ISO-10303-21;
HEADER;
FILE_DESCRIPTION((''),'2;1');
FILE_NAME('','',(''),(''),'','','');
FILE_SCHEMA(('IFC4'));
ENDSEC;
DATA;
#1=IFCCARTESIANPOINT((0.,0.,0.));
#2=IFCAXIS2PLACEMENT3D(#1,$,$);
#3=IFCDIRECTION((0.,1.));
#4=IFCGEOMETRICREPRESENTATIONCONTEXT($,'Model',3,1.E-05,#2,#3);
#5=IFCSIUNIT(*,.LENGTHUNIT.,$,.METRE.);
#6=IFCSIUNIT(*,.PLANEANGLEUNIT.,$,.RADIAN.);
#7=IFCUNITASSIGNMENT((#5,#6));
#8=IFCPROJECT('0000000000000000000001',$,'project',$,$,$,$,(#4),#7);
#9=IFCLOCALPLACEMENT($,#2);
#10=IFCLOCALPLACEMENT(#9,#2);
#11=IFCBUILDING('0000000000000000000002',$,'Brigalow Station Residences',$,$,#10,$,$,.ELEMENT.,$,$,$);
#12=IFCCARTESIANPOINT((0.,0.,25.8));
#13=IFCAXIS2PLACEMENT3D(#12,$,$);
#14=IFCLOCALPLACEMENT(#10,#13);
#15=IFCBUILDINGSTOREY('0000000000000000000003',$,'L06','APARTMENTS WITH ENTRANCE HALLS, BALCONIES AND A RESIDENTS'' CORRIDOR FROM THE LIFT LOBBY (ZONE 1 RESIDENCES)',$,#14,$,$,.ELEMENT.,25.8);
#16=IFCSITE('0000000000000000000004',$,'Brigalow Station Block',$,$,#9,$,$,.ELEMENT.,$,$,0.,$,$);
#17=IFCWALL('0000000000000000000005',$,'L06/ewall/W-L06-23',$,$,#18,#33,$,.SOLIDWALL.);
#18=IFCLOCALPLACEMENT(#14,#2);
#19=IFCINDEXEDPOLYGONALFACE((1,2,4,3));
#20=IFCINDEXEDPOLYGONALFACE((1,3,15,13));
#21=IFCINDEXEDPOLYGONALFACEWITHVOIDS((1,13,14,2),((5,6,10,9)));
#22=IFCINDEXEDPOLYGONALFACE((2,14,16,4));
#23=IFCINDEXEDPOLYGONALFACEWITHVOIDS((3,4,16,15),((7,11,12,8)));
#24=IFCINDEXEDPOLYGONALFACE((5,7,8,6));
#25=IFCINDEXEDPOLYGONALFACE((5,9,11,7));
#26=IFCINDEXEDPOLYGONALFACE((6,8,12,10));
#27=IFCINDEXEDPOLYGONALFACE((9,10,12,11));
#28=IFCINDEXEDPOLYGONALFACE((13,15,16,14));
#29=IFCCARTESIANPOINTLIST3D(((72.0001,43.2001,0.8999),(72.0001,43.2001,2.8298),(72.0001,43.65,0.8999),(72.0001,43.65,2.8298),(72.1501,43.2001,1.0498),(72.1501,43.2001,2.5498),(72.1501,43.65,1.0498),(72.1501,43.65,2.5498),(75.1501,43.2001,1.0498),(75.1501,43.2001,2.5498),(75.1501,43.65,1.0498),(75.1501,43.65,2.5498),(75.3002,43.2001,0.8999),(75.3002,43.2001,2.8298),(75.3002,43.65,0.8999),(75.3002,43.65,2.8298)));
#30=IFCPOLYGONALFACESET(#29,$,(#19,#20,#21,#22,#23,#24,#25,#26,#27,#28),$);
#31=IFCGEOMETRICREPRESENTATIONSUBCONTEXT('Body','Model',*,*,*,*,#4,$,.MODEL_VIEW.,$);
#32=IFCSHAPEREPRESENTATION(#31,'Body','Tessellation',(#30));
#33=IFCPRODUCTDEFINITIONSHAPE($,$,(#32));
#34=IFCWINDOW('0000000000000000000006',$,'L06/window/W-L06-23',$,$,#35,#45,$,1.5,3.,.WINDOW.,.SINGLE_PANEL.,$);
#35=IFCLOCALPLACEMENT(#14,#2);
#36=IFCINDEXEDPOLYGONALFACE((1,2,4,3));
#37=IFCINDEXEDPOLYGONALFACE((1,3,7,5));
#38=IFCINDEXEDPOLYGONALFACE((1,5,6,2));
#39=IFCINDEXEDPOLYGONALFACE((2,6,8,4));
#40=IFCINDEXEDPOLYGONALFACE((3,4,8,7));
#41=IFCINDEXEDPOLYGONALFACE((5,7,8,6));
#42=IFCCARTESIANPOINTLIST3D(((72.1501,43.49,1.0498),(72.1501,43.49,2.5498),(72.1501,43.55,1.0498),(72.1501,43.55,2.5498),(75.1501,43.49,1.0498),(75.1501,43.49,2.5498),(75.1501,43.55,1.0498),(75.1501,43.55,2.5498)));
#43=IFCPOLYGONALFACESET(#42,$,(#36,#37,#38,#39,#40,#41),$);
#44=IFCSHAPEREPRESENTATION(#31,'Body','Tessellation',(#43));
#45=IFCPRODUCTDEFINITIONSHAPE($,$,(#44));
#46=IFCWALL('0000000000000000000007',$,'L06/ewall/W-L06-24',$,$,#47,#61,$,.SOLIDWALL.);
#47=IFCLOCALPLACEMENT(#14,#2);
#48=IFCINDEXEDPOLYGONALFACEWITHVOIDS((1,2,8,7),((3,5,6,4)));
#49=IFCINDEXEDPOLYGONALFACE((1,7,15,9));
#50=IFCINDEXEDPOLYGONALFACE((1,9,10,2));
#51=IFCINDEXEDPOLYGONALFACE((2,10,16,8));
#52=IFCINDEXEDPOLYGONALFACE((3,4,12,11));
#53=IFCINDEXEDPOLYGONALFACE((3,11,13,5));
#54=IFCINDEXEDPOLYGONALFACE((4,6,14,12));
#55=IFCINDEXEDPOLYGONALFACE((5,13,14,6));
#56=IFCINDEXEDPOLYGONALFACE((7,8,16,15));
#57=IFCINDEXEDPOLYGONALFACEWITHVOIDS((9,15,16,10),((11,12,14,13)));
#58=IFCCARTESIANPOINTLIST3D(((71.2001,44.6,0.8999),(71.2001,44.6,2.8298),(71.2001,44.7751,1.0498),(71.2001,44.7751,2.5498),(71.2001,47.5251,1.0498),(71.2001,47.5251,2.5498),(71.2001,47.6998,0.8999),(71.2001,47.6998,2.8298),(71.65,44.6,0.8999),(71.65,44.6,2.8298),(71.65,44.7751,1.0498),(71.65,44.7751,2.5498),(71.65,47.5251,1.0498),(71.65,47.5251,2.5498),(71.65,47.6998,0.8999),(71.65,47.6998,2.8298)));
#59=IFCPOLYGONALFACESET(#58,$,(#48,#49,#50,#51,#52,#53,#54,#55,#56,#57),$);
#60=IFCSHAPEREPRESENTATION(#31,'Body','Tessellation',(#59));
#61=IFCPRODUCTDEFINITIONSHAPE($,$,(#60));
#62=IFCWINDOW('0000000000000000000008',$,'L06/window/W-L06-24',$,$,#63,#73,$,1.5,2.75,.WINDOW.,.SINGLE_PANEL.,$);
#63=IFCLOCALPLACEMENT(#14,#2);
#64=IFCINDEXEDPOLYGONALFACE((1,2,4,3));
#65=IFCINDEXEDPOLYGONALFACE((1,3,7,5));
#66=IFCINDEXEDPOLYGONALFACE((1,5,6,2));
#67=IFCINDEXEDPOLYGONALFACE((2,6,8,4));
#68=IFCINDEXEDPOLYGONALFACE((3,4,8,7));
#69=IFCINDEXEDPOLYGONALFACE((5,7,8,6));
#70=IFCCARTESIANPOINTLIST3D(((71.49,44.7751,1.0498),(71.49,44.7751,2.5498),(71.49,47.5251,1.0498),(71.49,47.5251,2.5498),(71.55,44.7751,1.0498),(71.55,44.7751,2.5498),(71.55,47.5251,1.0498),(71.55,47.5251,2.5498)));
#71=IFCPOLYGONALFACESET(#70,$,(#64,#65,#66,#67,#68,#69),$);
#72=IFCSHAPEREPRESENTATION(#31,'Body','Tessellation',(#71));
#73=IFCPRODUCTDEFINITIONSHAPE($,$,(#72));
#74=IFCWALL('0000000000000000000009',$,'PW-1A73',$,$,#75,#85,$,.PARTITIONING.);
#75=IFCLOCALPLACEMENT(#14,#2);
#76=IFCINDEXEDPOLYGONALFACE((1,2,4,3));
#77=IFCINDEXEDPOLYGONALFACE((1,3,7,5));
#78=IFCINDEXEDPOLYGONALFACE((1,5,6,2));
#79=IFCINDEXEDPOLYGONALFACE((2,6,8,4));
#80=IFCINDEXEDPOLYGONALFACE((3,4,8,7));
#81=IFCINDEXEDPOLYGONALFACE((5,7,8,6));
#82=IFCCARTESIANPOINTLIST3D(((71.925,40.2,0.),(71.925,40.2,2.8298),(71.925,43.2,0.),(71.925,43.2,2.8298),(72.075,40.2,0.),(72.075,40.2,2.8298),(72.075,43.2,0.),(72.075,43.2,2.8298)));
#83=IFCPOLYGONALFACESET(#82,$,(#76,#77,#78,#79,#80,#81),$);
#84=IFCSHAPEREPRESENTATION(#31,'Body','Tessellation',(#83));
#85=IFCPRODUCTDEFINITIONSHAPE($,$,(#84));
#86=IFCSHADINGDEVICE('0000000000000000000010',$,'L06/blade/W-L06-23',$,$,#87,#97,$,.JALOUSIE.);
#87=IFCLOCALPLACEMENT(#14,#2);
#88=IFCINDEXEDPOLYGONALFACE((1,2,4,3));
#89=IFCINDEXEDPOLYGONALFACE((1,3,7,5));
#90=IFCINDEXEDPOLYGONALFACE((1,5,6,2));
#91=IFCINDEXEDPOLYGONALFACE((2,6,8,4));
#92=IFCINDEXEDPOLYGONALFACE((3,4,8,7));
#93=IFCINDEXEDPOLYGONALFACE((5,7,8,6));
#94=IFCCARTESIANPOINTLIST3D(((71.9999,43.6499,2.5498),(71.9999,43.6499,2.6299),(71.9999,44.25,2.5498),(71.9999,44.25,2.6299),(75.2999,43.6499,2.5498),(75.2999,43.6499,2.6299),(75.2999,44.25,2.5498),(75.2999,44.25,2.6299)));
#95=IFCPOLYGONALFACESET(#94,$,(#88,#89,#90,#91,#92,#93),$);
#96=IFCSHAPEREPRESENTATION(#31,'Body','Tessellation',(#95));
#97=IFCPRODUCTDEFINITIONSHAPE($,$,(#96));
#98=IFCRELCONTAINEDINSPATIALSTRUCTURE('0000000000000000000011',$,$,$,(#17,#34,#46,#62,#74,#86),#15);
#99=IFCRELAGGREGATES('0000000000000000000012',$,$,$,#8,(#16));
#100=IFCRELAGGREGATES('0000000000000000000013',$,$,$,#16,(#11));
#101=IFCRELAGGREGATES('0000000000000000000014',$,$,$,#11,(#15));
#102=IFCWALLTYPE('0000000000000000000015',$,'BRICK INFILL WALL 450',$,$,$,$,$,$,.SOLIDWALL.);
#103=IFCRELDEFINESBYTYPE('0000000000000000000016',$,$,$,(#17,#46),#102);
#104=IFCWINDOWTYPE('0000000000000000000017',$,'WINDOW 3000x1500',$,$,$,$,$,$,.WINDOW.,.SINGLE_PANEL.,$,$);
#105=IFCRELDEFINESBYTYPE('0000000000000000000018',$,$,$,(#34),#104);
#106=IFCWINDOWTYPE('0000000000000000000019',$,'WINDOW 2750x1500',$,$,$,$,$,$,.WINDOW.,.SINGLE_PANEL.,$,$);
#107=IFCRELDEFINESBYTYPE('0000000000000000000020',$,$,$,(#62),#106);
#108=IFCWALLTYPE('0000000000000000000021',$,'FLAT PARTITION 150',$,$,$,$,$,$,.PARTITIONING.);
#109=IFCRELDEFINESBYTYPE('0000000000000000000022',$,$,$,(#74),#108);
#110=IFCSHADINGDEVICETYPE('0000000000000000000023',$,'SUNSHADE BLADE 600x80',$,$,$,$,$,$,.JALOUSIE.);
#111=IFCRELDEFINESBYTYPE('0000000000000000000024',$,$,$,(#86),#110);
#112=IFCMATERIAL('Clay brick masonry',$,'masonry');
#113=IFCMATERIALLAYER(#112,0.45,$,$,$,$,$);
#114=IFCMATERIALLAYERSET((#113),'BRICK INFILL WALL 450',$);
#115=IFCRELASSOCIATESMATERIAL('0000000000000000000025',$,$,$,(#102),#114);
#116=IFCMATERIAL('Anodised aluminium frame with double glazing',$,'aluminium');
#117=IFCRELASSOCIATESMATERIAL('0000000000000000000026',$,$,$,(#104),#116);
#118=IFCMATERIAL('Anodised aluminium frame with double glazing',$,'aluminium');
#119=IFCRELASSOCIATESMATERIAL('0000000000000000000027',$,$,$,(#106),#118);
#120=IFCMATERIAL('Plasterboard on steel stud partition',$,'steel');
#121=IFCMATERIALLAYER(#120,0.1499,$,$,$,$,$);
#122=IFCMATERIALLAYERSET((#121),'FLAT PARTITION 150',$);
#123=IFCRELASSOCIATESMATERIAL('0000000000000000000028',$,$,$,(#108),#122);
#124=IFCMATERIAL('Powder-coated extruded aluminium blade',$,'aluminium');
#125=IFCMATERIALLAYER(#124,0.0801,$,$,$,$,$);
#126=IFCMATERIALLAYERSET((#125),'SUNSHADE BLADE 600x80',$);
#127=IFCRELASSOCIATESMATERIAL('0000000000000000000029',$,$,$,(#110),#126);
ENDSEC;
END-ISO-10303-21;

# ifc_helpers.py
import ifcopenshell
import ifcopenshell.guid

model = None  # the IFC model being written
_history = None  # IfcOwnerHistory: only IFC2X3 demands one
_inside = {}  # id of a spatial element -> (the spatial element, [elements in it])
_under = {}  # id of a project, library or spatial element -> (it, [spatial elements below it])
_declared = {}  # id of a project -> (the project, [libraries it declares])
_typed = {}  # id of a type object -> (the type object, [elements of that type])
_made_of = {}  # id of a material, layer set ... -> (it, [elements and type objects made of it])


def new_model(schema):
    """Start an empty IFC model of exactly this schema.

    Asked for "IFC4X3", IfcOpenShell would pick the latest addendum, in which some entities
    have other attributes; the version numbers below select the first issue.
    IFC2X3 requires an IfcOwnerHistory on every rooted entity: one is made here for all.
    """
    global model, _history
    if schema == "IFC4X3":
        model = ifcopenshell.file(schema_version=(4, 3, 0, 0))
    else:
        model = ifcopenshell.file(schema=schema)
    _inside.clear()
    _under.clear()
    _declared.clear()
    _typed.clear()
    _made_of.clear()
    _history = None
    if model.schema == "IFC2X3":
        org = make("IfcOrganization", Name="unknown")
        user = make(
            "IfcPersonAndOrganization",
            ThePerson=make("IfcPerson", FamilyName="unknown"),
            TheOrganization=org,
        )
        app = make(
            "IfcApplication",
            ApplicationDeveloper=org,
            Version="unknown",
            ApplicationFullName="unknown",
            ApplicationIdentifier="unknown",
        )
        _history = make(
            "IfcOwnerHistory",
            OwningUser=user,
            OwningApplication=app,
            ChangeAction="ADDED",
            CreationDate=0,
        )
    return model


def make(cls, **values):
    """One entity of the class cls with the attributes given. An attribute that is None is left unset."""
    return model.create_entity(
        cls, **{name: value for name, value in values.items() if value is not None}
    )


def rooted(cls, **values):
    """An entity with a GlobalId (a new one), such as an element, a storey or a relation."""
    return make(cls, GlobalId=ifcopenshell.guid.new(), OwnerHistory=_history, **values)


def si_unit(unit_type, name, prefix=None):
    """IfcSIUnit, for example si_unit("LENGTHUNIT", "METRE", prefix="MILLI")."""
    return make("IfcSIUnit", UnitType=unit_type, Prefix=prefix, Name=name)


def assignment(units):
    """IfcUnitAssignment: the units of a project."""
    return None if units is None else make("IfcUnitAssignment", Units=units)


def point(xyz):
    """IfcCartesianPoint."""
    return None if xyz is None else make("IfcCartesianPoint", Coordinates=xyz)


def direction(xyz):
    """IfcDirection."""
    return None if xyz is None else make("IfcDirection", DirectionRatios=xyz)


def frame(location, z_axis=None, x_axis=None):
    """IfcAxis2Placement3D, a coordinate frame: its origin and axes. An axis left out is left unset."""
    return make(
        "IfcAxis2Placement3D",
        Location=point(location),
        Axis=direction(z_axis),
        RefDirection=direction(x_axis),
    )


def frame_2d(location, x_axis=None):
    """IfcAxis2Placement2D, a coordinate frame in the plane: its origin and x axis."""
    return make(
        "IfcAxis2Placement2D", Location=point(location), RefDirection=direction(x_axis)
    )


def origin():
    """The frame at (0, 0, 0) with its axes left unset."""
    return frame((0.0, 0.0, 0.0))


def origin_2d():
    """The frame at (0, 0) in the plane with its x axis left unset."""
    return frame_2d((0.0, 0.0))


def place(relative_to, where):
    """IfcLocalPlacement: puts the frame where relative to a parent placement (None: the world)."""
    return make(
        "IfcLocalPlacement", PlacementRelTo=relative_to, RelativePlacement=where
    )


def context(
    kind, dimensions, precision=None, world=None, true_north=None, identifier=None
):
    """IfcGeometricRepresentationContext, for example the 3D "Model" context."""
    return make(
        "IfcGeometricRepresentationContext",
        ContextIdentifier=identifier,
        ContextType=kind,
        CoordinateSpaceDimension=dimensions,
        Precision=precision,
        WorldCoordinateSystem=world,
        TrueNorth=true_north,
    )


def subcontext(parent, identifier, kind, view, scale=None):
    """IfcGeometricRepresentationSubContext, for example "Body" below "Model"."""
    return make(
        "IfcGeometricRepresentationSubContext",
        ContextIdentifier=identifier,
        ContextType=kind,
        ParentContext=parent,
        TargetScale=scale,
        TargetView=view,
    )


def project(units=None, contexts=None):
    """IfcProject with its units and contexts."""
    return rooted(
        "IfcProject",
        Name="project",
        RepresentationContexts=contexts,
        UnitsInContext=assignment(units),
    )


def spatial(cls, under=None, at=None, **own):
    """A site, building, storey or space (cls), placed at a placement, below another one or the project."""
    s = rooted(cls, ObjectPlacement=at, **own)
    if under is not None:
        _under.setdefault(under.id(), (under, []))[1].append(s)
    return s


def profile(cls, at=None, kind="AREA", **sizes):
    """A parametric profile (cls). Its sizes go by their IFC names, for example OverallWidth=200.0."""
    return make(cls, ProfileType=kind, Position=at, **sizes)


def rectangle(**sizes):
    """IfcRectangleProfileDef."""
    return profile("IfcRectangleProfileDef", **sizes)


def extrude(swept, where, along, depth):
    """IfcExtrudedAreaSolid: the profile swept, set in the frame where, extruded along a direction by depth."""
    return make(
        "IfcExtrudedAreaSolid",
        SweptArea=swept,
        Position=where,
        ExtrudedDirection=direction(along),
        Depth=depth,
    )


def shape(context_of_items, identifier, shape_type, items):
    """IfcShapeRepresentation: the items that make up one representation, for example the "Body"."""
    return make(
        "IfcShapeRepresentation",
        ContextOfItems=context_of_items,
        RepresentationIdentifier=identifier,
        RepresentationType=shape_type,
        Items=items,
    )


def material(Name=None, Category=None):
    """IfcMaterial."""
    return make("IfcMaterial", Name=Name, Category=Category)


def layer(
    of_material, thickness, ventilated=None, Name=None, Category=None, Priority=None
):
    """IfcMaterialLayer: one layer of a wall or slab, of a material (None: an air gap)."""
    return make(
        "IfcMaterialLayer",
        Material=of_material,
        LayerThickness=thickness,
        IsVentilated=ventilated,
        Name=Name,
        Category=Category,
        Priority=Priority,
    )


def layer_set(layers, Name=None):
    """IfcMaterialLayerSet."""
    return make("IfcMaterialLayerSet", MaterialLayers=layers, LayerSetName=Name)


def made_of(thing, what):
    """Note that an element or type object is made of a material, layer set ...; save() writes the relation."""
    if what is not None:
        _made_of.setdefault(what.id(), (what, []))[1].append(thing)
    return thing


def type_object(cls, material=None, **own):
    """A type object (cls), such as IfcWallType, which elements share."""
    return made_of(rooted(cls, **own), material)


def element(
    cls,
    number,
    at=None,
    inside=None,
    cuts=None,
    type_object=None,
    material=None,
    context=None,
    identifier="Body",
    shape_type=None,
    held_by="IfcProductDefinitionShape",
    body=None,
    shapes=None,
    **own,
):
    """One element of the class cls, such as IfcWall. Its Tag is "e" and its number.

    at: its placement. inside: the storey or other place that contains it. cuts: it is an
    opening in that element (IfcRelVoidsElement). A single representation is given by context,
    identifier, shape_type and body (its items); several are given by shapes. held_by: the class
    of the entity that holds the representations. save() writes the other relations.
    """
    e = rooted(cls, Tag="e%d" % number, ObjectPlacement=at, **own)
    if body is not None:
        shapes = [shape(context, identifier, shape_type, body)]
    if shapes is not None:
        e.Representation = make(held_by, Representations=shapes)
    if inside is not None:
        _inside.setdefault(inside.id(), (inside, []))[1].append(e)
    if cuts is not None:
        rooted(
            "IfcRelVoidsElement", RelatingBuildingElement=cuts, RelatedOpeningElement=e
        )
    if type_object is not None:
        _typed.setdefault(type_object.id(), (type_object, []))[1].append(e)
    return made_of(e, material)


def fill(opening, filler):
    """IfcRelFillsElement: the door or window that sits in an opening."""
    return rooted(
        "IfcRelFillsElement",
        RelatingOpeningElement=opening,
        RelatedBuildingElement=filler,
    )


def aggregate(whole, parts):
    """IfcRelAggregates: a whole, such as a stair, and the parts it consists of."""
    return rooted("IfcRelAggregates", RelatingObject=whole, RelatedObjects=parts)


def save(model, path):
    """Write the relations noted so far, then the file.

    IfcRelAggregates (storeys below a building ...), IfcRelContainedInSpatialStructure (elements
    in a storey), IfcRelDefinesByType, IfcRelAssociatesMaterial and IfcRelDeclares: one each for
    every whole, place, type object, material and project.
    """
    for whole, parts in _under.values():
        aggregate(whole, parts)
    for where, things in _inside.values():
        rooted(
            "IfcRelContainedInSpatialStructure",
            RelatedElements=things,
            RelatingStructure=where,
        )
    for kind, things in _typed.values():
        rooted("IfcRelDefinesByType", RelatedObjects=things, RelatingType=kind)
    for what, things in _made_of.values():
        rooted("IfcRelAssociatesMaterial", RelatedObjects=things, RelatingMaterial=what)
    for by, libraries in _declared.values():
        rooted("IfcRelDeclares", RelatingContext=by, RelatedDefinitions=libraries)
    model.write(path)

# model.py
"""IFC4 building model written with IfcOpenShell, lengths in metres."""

from ifc_helpers import new_model, si_unit, direction, frame, frame_2d, origin, origin_2d, place, context, subcontext, project, spatial, rectangle, extrude, material, layer, layer_set, type_object, element, fill, save


model = new_model("IFC4")

# Units and contexts
model_context = context("Model", 3, precision=1e-05, world=origin(), true_north=direction((0.0, 1.0)))
body_context = subcontext(model_context, "Body", "Model", "MODEL_VIEW")
ifc_project = project(units=[si_unit("LENGTHUNIT", "METRE"), si_unit("PLANEANGLEUNIT", "RADIAN")], contexts=[model_context])

# Site, building, storey
site_placement = place(None, origin())
site = spatial("IfcSite", under=ifc_project, at=site_placement, Name="Brigalow Station Block", CompositionType="ELEMENT", RefElevation=0.0)
building_placement = place(site_placement, origin())
building = spatial("IfcBuilding", under=site, at=building_placement, Name="Brigalow Station Residences", CompositionType="ELEMENT")
storey_placement = place(building_placement, frame((0.0, 0.0, 25.8)))
storey = spatial("IfcBuildingStorey", under=building, at=storey_placement, Name="L06", Description="APARTMENTS WITH ENTRANCE HALLS, BALCONIES AND A RESIDENTS' CORRIDOR FROM THE LIFT LOBBY (ZONE 1 RESIDENCES)", CompositionType="ELEMENT", Elevation=25.8)

# Walls, openings, windows
ifc_material_1 = material(Name="Clay brick masonry", Category="masonry")
ifc_layer_1 = layer(ifc_material_1, 0.45)
ifc_layer_set_1 = layer_set([ifc_layer_1], Name="BRICK INFILL WALL 450")
wall_type_1 = type_object("IfcWallType", Name="BRICK INFILL WALL 450", PredefinedType="SOLIDWALL", material=ifc_layer_set_1)
wall_1_placement = place(storey_placement, frame((75.3, 43.425, 0.8999), z_axis=(0.0, 0.0, 1.0), x_axis=(-1.0, 0.0, 0.0)))
wall_1 = element("IfcWall", 1, at=wall_1_placement, inside=storey, type_object=wall_type_1, Name="L06/ewall/W-L06-23", PredefinedType="SOLIDWALL", context=body_context, shape_type="SweptSolid", body=[
    extrude(rectangle(XDim=3.3, YDim=0.45, at=frame_2d((1.6499, 0.0))), origin(), (0.0, 0.0, 1.0), 1.9299),
])
opening_1_placement = place(wall_1_placement, frame((0.1499, 0.0, 0.1499)))
opening_1 = element("IfcOpeningElement", 2, at=opening_1_placement, cuts=wall_1, PredefinedType="OPENING", context=body_context, shape_type="SweptSolid", body=[
    extrude(rectangle(XDim=3.0, YDim=1.5, at=frame_2d((1.5, 0.75))), frame((0.0, 0.2349, 0.0), z_axis=(0.0, -1.0, 0.0), x_axis=(1.0, 0.0, 0.0)), (0.0, 0.0, 1.0), 0.47),
])
ifc_material_2 = material(Name="Anodised aluminium frame with double glazing", Category="aluminium")
window_type_1 = type_object("IfcWindowType", Name="WINDOW 3000x1500", PartitioningType="SINGLE_PANEL", PredefinedType="WINDOW", material=ifc_material_2)
window_1_placement = place(opening_1_placement, origin())
window_1 = element("IfcWindow", 3, at=window_1_placement, inside=storey, type_object=window_type_1, Name="L06/window/W-L06-23", OverallHeight=1.5, OverallWidth=3.0, PartitioningType="SINGLE_PANEL", PredefinedType="WINDOW", context=body_context, shape_type="SweptSolid", body=[
    extrude(rectangle(XDim=3.0, YDim=1.5, at=frame_2d((1.5, 0.75))), frame((0.0, -0.0649, 0.0), z_axis=(0.0, -1.0, 0.0), x_axis=(1.0, 0.0, 0.0)), (0.0, 0.0, 1.0), 0.0601),
])
fill(opening_1, window_1)
wall_2_placement = place(storey_placement, frame((71.425, 44.6001, 0.8999), z_axis=(0.0, 0.0, 1.0), x_axis=(0.0, 1.0, 0.0)))
wall_2 = element("IfcWall", 4, at=wall_2_placement, inside=storey, type_object=wall_type_1, Name="L06/ewall/W-L06-24", PredefinedType="SOLIDWALL", context=body_context, shape_type="SweptSolid", body=[
    extrude(rectangle(XDim=3.0999, YDim=0.45, at=frame_2d((1.5498, 0.0))), origin(), (0.0, 0.0, 1.0), 1.9299),
])
opening_2_placement = place(wall_2_placement, frame((0.175, 0.0, 0.1499)))
opening_2 = element("IfcOpeningElement", 5, at=opening_2_placement, cuts=wall_2, PredefinedType="OPENING", context=body_context, shape_type="SweptSolid", body=[
    extrude(rectangle(XDim=2.75, YDim=1.5, at=frame_2d((1.375, 0.75))), frame((0.0, 0.2349, 0.0), z_axis=(0.0, -1.0, 0.0), x_axis=(1.0, 0.0, 0.0)), (0.0, 0.0, 1.0), 0.47),
])
ifc_material_3 = material(Name="Anodised aluminium frame with double glazing", Category="aluminium")
window_type_2 = type_object("IfcWindowType", Name="WINDOW 2750x1500", PartitioningType="SINGLE_PANEL", PredefinedType="WINDOW", material=ifc_material_3)
window_2_placement = place(opening_2_placement, origin())
window_2 = element("IfcWindow", 6, at=window_2_placement, inside=storey, type_object=window_type_2, Name="L06/window/W-L06-24", OverallHeight=1.5, OverallWidth=2.75, PartitioningType="SINGLE_PANEL", PredefinedType="WINDOW", context=body_context, shape_type="SweptSolid", body=[
    extrude(rectangle(XDim=2.75, YDim=1.5, at=frame_2d((1.375, 0.75))), frame((0.0, -0.0649, 0.0), z_axis=(0.0, -1.0, 0.0), x_axis=(1.0, 0.0, 0.0)), (0.0, 0.0, 1.0), 0.0601),
])
fill(opening_2, window_2)

# Wall
ifc_material_4 = material(Name="Plasterboard on steel stud partition", Category="steel")
ifc_layer_2 = layer(ifc_material_4, 0.1499)
ifc_layer_set_2 = layer_set([ifc_layer_2], Name="FLAT PARTITION 150")
wall_type_2 = type_object("IfcWallType", Name="FLAT PARTITION 150", PredefinedType="PARTITIONING", material=ifc_layer_set_2)
wall_3_placement = place(storey_placement, frame((72.0, 40.2, 0.0), z_axis=(0.0, 0.0, 1.0), x_axis=(0.0, 1.0, 0.0)))
element("IfcWall", 7, at=wall_3_placement, inside=storey, type_object=wall_type_2, Name="PW-1A73", PredefinedType="PARTITIONING", context=body_context, shape_type="SweptSolid", body=[
    extrude(rectangle(XDim=3.0, YDim=0.1499, at=frame_2d((1.5, 0.0))), origin(), (0.0, 0.0, 1.0), 2.8298),
])

# Shading device
ifc_material_5 = material(Name="Powder-coated extruded aluminium blade", Category="aluminium")
ifc_layer_3 = layer(ifc_material_5, 0.0801)
ifc_layer_set_3 = layer_set([ifc_layer_3], Name="SUNSHADE BLADE 600x80")
shading_device_type = type_object("IfcShadingDeviceType", Name="SUNSHADE BLADE 600x80", PredefinedType="JALOUSIE", material=ifc_layer_set_3)
shading_device_placement = place(storey_placement, frame((73.6499, 43.95, 2.5498), z_axis=(0.0, 0.0, 1.0), x_axis=(-1.0, 0.0, 0.0)))
element("IfcShadingDevice", 8, at=shading_device_placement, inside=storey, type_object=shading_device_type, Name="L06/blade/W-L06-23", PredefinedType="JALOUSIE", context=body_context, shape_type="SweptSolid", body=[
    extrude(rectangle(XDim=3.3, YDim=0.6001, at=origin_2d()), origin(), (0.0, 0.0, 1.0), 0.0801),
])

save(model, "model.ifc")
